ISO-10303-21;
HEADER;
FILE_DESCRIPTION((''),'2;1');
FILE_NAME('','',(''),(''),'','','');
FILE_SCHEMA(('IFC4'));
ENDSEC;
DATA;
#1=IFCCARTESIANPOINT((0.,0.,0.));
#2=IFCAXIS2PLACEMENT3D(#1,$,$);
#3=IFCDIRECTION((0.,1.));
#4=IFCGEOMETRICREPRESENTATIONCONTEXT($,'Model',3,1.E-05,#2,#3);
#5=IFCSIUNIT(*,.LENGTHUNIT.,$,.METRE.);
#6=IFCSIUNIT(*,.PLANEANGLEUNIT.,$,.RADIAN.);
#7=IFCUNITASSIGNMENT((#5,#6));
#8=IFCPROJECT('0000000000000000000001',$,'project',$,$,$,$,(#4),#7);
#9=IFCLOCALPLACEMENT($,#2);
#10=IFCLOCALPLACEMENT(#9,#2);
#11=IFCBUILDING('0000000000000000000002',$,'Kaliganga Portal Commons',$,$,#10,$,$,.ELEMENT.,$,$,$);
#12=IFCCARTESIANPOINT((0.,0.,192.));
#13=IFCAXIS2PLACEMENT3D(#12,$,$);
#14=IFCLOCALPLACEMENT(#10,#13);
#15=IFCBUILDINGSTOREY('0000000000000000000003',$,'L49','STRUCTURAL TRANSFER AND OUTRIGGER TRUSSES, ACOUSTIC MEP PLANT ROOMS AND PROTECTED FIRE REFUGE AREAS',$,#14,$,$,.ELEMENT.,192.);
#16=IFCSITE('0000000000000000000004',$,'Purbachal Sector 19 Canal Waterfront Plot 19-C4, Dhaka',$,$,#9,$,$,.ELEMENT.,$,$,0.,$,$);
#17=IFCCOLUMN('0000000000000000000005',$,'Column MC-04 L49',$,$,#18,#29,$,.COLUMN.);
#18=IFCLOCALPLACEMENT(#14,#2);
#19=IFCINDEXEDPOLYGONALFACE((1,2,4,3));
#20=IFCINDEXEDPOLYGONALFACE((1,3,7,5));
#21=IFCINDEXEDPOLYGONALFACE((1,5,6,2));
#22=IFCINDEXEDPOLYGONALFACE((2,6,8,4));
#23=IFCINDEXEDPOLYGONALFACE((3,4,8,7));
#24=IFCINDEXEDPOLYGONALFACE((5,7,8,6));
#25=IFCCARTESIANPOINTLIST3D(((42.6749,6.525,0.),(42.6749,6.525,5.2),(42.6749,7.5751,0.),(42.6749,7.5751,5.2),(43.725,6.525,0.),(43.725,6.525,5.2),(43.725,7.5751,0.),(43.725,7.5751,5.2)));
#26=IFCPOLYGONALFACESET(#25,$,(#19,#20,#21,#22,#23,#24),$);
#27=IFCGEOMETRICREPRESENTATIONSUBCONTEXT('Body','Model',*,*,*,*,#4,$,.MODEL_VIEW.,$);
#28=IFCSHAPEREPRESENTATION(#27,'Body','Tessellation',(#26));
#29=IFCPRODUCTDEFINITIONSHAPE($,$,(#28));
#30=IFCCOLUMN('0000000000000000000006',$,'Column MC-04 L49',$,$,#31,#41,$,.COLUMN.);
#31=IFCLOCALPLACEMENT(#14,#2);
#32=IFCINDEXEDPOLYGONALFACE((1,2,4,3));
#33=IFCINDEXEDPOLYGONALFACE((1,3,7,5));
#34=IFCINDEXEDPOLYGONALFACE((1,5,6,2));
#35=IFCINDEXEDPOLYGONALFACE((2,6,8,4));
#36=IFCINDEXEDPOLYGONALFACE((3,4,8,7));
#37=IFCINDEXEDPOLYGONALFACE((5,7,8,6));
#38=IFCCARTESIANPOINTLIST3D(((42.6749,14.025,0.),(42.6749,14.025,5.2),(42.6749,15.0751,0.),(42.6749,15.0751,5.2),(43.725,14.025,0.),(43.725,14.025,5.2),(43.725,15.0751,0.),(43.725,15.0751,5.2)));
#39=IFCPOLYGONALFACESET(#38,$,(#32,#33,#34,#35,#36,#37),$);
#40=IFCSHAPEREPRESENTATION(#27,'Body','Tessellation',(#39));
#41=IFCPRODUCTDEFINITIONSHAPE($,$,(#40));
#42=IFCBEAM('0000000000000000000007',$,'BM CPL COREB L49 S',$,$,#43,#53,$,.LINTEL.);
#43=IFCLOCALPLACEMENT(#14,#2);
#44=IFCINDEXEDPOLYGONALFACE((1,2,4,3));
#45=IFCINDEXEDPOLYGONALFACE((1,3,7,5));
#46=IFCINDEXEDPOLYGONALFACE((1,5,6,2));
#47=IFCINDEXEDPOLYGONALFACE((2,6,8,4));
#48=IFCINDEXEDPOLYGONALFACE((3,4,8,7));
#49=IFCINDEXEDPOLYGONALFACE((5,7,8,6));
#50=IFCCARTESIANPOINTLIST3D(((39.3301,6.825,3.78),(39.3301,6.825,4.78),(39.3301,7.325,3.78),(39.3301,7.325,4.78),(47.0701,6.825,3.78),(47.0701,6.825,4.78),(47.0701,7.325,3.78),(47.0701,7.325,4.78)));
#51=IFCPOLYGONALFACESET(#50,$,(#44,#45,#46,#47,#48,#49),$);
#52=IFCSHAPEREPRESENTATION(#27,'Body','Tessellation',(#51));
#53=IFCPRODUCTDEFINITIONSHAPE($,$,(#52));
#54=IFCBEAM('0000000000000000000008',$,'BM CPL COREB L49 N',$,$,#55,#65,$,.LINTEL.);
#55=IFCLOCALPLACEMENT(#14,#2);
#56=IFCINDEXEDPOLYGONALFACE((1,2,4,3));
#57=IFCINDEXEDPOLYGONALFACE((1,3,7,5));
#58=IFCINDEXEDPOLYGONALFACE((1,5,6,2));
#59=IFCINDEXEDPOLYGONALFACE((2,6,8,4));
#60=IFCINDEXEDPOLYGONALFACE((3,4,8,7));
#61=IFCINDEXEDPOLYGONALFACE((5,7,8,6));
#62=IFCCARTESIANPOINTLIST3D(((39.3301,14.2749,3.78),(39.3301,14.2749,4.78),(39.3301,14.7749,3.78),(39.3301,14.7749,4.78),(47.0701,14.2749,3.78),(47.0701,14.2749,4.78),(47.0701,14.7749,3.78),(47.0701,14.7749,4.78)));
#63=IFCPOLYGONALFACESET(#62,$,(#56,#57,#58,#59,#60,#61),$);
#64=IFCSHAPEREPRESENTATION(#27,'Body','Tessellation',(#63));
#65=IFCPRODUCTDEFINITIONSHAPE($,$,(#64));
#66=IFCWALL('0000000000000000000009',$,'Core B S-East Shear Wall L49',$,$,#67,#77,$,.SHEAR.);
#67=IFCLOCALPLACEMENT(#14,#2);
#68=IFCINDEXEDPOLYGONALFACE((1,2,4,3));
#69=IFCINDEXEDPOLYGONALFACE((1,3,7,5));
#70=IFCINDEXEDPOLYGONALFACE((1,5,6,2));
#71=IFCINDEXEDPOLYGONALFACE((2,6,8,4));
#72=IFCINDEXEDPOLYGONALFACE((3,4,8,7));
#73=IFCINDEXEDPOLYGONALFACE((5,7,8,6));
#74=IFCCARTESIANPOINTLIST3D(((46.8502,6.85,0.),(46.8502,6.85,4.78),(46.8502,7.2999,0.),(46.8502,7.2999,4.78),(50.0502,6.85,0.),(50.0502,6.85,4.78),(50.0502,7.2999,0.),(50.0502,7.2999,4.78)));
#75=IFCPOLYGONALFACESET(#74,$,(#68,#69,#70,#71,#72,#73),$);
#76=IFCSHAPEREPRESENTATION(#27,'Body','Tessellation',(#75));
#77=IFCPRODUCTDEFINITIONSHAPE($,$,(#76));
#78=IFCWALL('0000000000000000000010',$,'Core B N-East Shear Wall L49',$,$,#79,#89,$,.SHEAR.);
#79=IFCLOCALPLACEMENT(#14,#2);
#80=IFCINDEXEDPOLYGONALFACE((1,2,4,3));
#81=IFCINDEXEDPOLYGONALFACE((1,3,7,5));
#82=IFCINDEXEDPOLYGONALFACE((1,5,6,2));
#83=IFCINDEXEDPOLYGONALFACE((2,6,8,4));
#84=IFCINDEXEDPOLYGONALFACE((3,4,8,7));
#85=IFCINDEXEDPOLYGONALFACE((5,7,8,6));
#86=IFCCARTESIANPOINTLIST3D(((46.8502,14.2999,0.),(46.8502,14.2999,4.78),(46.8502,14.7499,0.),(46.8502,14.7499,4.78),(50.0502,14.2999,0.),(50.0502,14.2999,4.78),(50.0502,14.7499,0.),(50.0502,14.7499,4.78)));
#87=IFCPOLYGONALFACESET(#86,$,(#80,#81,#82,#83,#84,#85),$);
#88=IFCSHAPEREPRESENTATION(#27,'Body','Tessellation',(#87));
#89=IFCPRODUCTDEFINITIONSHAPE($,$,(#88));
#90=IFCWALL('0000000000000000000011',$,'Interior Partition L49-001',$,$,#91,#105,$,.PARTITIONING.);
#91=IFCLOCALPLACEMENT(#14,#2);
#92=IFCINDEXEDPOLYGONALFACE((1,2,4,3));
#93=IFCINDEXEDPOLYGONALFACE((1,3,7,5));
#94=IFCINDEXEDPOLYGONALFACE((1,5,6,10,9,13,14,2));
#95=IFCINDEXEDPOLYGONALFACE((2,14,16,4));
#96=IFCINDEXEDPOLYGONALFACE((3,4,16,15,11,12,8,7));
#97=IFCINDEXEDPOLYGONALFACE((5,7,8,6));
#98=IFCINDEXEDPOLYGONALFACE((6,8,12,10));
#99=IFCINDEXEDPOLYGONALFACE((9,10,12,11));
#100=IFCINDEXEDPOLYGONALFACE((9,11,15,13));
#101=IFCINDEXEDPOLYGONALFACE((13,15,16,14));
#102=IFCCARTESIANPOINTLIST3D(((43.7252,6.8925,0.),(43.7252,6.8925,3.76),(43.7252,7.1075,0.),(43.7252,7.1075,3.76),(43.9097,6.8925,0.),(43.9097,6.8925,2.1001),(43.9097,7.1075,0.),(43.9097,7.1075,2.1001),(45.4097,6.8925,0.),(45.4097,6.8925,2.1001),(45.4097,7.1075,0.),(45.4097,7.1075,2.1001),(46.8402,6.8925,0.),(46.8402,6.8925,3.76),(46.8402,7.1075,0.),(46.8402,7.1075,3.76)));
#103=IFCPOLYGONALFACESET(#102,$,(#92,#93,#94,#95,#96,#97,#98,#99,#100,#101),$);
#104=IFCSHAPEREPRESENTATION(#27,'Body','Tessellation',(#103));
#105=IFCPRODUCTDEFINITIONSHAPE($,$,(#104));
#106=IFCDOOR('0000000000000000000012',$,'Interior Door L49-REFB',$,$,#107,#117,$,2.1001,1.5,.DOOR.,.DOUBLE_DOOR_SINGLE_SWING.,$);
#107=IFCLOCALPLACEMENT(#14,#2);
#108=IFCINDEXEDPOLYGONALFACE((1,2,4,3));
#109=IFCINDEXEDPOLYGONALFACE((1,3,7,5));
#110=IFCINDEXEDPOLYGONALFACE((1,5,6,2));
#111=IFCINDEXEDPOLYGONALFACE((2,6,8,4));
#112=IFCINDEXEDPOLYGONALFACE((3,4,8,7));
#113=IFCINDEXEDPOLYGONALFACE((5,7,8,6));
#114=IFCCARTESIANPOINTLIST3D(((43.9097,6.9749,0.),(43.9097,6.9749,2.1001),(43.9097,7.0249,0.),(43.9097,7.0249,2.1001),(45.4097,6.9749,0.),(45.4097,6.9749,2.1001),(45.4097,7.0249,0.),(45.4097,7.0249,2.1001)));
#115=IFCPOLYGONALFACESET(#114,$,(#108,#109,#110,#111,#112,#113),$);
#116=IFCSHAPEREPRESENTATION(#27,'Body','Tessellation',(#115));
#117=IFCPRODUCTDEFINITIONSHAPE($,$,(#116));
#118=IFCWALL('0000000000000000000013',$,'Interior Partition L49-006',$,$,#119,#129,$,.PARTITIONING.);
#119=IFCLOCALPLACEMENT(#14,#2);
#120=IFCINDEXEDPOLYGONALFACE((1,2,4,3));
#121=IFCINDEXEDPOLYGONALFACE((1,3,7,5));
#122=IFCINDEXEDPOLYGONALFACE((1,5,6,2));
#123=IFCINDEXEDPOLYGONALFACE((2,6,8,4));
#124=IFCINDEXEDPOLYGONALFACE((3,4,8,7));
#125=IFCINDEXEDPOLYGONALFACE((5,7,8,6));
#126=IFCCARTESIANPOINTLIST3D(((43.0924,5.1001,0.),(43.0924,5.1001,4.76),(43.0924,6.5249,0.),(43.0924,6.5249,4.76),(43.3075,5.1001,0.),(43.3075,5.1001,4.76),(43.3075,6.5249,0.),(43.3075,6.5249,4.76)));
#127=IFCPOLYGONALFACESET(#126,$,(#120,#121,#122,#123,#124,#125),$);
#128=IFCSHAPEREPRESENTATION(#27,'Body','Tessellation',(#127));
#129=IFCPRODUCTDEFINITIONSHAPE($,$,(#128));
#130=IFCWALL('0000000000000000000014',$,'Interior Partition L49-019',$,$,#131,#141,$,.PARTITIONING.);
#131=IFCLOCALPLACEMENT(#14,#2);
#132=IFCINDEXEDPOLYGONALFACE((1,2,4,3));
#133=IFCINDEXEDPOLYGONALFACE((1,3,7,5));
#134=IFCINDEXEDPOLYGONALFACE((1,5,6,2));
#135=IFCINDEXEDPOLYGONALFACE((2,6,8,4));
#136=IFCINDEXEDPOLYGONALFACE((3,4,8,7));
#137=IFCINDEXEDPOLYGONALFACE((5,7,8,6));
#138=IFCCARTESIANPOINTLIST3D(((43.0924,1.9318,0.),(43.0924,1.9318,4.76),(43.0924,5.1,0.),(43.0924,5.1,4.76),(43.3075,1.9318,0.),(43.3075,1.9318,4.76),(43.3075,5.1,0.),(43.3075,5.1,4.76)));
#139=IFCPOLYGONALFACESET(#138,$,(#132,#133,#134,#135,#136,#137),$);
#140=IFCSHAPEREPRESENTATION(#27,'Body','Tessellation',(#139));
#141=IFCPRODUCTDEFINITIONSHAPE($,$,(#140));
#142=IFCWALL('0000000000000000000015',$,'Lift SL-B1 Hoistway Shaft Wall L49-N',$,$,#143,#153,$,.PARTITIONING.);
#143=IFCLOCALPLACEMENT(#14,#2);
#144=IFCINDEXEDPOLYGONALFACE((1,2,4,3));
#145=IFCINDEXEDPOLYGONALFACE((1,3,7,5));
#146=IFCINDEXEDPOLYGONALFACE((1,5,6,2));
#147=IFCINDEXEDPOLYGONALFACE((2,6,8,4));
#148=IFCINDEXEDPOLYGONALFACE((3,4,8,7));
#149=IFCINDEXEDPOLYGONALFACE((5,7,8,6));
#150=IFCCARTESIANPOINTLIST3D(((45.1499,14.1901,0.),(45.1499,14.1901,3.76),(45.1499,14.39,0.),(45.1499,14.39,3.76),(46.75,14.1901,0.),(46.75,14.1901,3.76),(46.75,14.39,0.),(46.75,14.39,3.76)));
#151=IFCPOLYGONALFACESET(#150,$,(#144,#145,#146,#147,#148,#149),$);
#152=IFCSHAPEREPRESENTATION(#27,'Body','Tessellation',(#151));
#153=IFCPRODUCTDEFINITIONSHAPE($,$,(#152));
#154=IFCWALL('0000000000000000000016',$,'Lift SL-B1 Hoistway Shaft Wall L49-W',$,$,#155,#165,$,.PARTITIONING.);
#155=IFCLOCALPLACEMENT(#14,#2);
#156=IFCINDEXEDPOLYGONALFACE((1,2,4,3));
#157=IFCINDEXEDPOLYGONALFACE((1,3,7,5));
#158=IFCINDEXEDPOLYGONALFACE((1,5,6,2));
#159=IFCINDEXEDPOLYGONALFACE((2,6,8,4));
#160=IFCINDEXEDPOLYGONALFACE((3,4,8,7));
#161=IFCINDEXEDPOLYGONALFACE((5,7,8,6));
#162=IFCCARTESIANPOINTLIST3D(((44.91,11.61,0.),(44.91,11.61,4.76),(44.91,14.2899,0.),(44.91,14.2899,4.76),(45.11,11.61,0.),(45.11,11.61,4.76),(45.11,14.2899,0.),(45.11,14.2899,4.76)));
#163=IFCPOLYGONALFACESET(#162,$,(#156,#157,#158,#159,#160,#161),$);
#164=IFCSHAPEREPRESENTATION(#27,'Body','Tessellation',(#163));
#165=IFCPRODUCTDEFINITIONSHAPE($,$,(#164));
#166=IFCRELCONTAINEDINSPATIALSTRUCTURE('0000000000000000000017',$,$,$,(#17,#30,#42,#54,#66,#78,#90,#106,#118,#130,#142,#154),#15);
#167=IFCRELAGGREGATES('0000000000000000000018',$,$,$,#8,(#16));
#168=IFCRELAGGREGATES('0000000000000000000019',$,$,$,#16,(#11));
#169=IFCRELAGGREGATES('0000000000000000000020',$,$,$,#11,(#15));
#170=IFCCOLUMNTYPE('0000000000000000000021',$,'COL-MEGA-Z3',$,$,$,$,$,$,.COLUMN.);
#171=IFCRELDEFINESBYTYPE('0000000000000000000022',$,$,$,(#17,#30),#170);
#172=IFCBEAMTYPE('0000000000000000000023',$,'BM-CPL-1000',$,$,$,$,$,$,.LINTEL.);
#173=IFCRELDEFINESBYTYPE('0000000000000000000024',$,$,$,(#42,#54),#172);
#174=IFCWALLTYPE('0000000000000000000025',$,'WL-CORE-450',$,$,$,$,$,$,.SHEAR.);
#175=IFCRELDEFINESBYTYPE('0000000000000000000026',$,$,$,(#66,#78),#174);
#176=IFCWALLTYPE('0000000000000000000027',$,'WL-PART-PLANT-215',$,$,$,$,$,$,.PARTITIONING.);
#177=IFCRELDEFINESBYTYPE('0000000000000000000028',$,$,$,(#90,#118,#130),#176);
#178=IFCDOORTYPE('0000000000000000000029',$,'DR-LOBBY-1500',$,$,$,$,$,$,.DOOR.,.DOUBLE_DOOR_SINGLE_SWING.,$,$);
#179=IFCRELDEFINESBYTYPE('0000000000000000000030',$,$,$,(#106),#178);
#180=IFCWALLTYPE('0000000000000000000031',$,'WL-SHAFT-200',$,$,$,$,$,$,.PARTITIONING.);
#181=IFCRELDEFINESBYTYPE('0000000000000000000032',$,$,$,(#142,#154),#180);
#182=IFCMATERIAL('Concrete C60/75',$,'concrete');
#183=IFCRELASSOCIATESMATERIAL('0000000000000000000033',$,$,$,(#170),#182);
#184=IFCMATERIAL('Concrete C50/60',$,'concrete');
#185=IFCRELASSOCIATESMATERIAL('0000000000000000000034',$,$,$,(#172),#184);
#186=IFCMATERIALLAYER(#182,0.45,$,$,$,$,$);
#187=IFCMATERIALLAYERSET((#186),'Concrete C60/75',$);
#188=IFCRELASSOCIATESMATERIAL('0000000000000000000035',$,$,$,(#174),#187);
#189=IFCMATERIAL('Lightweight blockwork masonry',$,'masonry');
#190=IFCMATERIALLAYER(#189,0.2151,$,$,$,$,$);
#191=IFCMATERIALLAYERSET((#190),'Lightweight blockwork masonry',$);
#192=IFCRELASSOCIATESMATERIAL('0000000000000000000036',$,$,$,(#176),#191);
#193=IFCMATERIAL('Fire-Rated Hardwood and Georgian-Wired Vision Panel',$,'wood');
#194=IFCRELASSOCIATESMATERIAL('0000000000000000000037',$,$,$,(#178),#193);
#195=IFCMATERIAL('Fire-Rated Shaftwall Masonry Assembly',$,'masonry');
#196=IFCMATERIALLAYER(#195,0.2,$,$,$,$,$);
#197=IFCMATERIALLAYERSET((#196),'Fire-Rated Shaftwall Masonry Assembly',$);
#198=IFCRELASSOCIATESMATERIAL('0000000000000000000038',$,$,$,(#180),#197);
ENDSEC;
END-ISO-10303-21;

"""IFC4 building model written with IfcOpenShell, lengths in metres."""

from ifc_helpers import new_model, si_unit, direction, frame, frame_2d, origin, origin_2d, place, context, subcontext, project, spatial, rectangle, extrude, source, transform, mapped, material, layer, layer_set, material_profile, profile_set, type_object, element, fill, save


model = new_model("IFC4")

# Units and contexts
model_context = context("Model", 3, precision=1e-05, world=origin(), true_north=direction((0.0, 1.0)))
body_context = subcontext(model_context, "Body", "Model", "MODEL_VIEW")
ifc_project = project(units=[si_unit("LENGTHUNIT", "METRE"), si_unit("PLANEANGLEUNIT", "RADIAN")], contexts=[model_context])

# Site, building, storey
site_placement = place(None, origin())
site = spatial("IfcSite", under=ifc_project, at=site_placement, Name="Purbachal Sector 19 Canal Waterfront Plot 19-C4, Dhaka", CompositionType="ELEMENT", RefElevation=0.0)
building_placement = place(site_placement, origin())
building = spatial("IfcBuilding", under=site, at=building_placement, Name="Kaliganga Portal Commons", CompositionType="ELEMENT")
storey_placement = place(building_placement, frame((0.0, 0.0, 192.0)))
storey = spatial("IfcBuildingStorey", under=building, at=storey_placement, Name="L49", Description="STRUCTURAL TRANSFER AND OUTRIGGER TRUSSES, ACOUSTIC MEP PLANT ROOMS AND PROTECTED FIRE REFUGE AREAS", CompositionType="ELEMENT", Elevation=192.0)

# Columns
ifc_material_1 = material(Name="Concrete C60/75", Category="concrete")
ifc_material_profile_1 = material_profile(ifc_material_1, rectangle(XDim=1.05, YDim=1.05, at=origin_2d()), Name="RC 1050x1050")
ifc_profile_set_1 = profile_set([ifc_material_profile_1], Name="Concrete C60/75")
column_type = type_object("IfcColumnType", Name="COL-MEGA-Z3", PredefinedType="COLUMN", material=ifc_profile_set_1)
shared_shape_1 = source(origin(), body_context, "Body", "SweptSolid", [
    extrude(rectangle(XDim=1.05, YDim=1.05, at=origin_2d()), origin(), (0.0, 0.0, 1.0), 5.2),
])
for number, where, z_axis, x_axis, name in (
    (1, (43.2, 7.05, 0.0), (0.0, 0.0, 1.0), (1.0, 0.0, 0.0), "Column MC-04 L49"),
    (2, (43.2, 14.55, 0.0), (0.0, 0.0, 1.0), (1.0, 0.0, 0.0), "Column MC-04 L49"),
):
    element("IfcColumn", number, at=place(storey_placement, frame(where, z_axis=z_axis, x_axis=x_axis)), inside=storey, type_object=column_type, Name=name, PredefinedType="COLUMN", context=body_context, shape_type="MappedRepresentation", body=[
        mapped(shared_shape_1, transform((0.0, 0.0, 0.0), x_axis=(1.0, 0.0, 0.0), y_axis=(0.0, 1.0, 0.0), z_axis=(0.0, 0.0, 1.0), scale=1.0)),
    ])

# Beams
ifc_material_2 = material(Name="Concrete C50/60", Category="concrete")
ifc_material_profile_2 = material_profile(ifc_material_2, rectangle(XDim=0.5, YDim=1.0, at=origin_2d()), Name="RC 500x1000")
ifc_profile_set_2 = profile_set([ifc_material_profile_2], Name="Concrete C50/60")
beam_type = type_object("IfcBeamType", Name="BM-CPL-1000", PredefinedType="LINTEL", material=ifc_profile_set_2)
shared_shape_2 = source(origin(), body_context, "Body", "SweptSolid", [
    extrude(rectangle(XDim=0.5, YDim=1.0, at=origin_2d()), origin(), (0.0, 0.0, 1.0), 7.74),
])
for number, where, z_axis, x_axis, name in (
    (3, (39.3301, 7.075, 4.28), (1.0, 0.0, 0.0), (0.0, 1.0, 0.0), "BM CPL COREB L49 S"),
    (4, (39.3301, 14.5249, 4.28), (1.0, 0.0, 0.0), (0.0, 1.0, 0.0), "BM CPL COREB L49 N"),
):
    element("IfcBeam", number, at=place(storey_placement, frame(where, z_axis=z_axis, x_axis=x_axis)), inside=storey, type_object=beam_type, Name=name, PredefinedType="LINTEL", context=body_context, shape_type="MappedRepresentation", body=[
        mapped(shared_shape_2, transform((0.0, 0.0, 0.0), x_axis=(1.0, 0.0, 0.0), y_axis=(0.0, 1.0, 0.0), z_axis=(0.0, 0.0, 1.0), scale=1.0)),
    ])

# Walls
ifc_layer_1 = layer(ifc_material_1, 0.45)
ifc_layer_set_1 = layer_set([ifc_layer_1], Name="Concrete C60/75")
wall_type_1 = type_object("IfcWallType", Name="WL-CORE-450", PredefinedType="SHEAR", material=ifc_layer_set_1)
for number, where, z_axis, x_axis, name in (
    (5, (46.8501, 7.075, 0.0), (0.0, 0.0, 1.0), (1.0, 0.0, 0.0), "Core B S-East Shear Wall L49"),
    (6, (46.8501, 14.5249, 0.0), (0.0, 0.0, 1.0), (1.0, 0.0, 0.0), "Core B N-East Shear Wall L49"),
):
    element("IfcWall", number, at=place(storey_placement, frame(where, z_axis=z_axis, x_axis=x_axis)), inside=storey, type_object=wall_type_1, Name=name, PredefinedType="SHEAR", context=body_context, shape_type="SweptSolid", body=[
        extrude(rectangle(XDim=3.2, YDim=0.45, at=frame_2d((1.6001, 0.0))), origin(), (0.0, 0.0, 1.0), 4.78),
    ])

# Wall, opening, door
ifc_material_3 = material(Name="Lightweight blockwork masonry", Category="masonry")
ifc_layer_2 = layer(ifc_material_3, 0.2151)
ifc_layer_set_2 = layer_set([ifc_layer_2], Name="Lightweight blockwork masonry")
wall_type_2 = type_object("IfcWallType", Name="WL-PART-PLANT-215", PredefinedType="PARTITIONING", material=ifc_layer_set_2)
wall_1_placement = place(storey_placement, frame((43.7251, 7.0, 0.0), z_axis=(0.0, 0.0, 1.0), x_axis=(1.0, 0.0, 0.0)))
wall_1 = element("IfcWall", 7, at=wall_1_placement, inside=storey, type_object=wall_type_2, Name="Interior Partition L49-001", PredefinedType="PARTITIONING", context=body_context, shape_type="SweptSolid", body=[
    extrude(rectangle(XDim=3.115, YDim=0.2151, at=frame_2d((1.5576, 0.0))), origin(), (0.0, 0.0, 1.0), 3.76),
])
opening_1_placement = place(wall_1_placement, frame((0.1846, 0.0, 0.0)))
opening_1 = element("IfcOpeningElement", 8, at=opening_1_placement, cuts=wall_1, PredefinedType="OPENING", context=body_context, shape_type="SweptSolid", body=[
    extrude(rectangle(XDim=1.5, YDim=2.1001, at=frame_2d((0.75, 1.05))), frame((0.0, 0.1177, 0.0), z_axis=(0.0, -1.0, 0.0), x_axis=(1.0, 0.0, 0.0)), (0.0, 0.0, 1.0), 0.2351),
])
ifc_material_4 = material(Name="Fire-Rated Hardwood and Georgian-Wired Vision Panel", Category="wood")
door_type_1 = type_object("IfcDoorType", Name="DR-LOBBY-1500", OperationType="DOUBLE_DOOR_SINGLE_SWING", PredefinedType="DOOR", material=ifc_material_4)
door_1_placement = place(opening_1_placement, origin())
door_1 = element("IfcDoor", 9, at=door_1_placement, inside=storey, type_object=door_type_1, Name="Interior Door L49-REFB", OperationType="DOUBLE_DOOR_SINGLE_SWING", OverallHeight=2.1001, OverallWidth=1.5, PredefinedType="DOOR", context=body_context, shape_type="SweptSolid", body=[
    extrude(rectangle(XDim=1.5, YDim=2.1001, at=frame_2d((0.75, 1.05))), frame((0.0, 0.0249, 0.0), z_axis=(0.0, -1.0, 0.0), x_axis=(1.0, 0.0, 0.0)), (0.0, 0.0, 1.0), 0.05),
])
fill(opening_1, door_1)

# Walls
wall_2_placement = place(storey_placement, frame((43.2, 5.1001, 0.0), z_axis=(0.0, 0.0, 1.0), x_axis=(0.0, 1.0, 0.0)))
element("IfcWall", 10, at=wall_2_placement, inside=storey, type_object=wall_type_2, Name="Interior Partition L49-006", PredefinedType="PARTITIONING", context=body_context, shape_type="SweptSolid", body=[
    extrude(rectangle(XDim=1.4248, YDim=0.2151, at=frame_2d((0.7124, 0.0))), origin(), (0.0, 0.0, 1.0), 4.76),
])
wall_3_placement = place(storey_placement, frame((43.2, 1.9319, 0.0), z_axis=(0.0, 0.0, 1.0), x_axis=(0.0, 1.0, 0.0)))
element("IfcWall", 11, at=wall_3_placement, inside=storey, type_object=wall_type_2, Name="Interior Partition L49-019", PredefinedType="PARTITIONING", context=body_context, shape_type="SweptSolid", body=[
    extrude(rectangle(XDim=3.1682, YDim=0.2151, at=frame_2d((1.584, 0.0))), origin(), (0.0, 0.0, 1.0), 4.76),
])

# Shared definitions
ifc_material_5 = material(Name="Fire-Rated Shaftwall Masonry Assembly", Category="masonry")
ifc_layer_3 = layer(ifc_material_5, 0.2)
ifc_layer_set_3 = layer_set([ifc_layer_3], Name="Fire-Rated Shaftwall Masonry Assembly")
wall_type_3 = type_object("IfcWallType", Name="WL-SHAFT-200", PredefinedType="PARTITIONING", material=ifc_layer_set_3)

# Walls
wall_4_placement = place(storey_placement, frame((45.1499, 14.29, 0.0), z_axis=(0.0, 0.0, 1.0), x_axis=(1.0, 0.0, 0.0)))
element("IfcWall", 12, at=wall_4_placement, inside=storey, type_object=wall_type_3, Name="Lift SL-B1 Hoistway Shaft Wall L49-N", PredefinedType="PARTITIONING", context=body_context, shape_type="SweptSolid", body=[
    extrude(rectangle(XDim=1.6001, YDim=0.2, at=frame_2d((0.8, 0.0))), origin(), (0.0, 0.0, 1.0), 3.76),
])
wall_5_placement = place(storey_placement, frame((45.01, 11.6101, 0.0), z_axis=(0.0, 0.0, 1.0), x_axis=(0.0, 1.0, 0.0)))
element("IfcWall", 13, at=wall_5_placement, inside=storey, type_object=wall_type_3, Name="Lift SL-B1 Hoistway Shaft Wall L49-W", PredefinedType="PARTITIONING", context=body_context, shape_type="SweptSolid", body=[
    extrude(rectangle(XDim=2.6799, YDim=0.2, at=frame_2d((1.3398, 0.0))), origin(), (0.0, 0.0, 1.0), 4.76),
])

save(model, "model.ifc")
